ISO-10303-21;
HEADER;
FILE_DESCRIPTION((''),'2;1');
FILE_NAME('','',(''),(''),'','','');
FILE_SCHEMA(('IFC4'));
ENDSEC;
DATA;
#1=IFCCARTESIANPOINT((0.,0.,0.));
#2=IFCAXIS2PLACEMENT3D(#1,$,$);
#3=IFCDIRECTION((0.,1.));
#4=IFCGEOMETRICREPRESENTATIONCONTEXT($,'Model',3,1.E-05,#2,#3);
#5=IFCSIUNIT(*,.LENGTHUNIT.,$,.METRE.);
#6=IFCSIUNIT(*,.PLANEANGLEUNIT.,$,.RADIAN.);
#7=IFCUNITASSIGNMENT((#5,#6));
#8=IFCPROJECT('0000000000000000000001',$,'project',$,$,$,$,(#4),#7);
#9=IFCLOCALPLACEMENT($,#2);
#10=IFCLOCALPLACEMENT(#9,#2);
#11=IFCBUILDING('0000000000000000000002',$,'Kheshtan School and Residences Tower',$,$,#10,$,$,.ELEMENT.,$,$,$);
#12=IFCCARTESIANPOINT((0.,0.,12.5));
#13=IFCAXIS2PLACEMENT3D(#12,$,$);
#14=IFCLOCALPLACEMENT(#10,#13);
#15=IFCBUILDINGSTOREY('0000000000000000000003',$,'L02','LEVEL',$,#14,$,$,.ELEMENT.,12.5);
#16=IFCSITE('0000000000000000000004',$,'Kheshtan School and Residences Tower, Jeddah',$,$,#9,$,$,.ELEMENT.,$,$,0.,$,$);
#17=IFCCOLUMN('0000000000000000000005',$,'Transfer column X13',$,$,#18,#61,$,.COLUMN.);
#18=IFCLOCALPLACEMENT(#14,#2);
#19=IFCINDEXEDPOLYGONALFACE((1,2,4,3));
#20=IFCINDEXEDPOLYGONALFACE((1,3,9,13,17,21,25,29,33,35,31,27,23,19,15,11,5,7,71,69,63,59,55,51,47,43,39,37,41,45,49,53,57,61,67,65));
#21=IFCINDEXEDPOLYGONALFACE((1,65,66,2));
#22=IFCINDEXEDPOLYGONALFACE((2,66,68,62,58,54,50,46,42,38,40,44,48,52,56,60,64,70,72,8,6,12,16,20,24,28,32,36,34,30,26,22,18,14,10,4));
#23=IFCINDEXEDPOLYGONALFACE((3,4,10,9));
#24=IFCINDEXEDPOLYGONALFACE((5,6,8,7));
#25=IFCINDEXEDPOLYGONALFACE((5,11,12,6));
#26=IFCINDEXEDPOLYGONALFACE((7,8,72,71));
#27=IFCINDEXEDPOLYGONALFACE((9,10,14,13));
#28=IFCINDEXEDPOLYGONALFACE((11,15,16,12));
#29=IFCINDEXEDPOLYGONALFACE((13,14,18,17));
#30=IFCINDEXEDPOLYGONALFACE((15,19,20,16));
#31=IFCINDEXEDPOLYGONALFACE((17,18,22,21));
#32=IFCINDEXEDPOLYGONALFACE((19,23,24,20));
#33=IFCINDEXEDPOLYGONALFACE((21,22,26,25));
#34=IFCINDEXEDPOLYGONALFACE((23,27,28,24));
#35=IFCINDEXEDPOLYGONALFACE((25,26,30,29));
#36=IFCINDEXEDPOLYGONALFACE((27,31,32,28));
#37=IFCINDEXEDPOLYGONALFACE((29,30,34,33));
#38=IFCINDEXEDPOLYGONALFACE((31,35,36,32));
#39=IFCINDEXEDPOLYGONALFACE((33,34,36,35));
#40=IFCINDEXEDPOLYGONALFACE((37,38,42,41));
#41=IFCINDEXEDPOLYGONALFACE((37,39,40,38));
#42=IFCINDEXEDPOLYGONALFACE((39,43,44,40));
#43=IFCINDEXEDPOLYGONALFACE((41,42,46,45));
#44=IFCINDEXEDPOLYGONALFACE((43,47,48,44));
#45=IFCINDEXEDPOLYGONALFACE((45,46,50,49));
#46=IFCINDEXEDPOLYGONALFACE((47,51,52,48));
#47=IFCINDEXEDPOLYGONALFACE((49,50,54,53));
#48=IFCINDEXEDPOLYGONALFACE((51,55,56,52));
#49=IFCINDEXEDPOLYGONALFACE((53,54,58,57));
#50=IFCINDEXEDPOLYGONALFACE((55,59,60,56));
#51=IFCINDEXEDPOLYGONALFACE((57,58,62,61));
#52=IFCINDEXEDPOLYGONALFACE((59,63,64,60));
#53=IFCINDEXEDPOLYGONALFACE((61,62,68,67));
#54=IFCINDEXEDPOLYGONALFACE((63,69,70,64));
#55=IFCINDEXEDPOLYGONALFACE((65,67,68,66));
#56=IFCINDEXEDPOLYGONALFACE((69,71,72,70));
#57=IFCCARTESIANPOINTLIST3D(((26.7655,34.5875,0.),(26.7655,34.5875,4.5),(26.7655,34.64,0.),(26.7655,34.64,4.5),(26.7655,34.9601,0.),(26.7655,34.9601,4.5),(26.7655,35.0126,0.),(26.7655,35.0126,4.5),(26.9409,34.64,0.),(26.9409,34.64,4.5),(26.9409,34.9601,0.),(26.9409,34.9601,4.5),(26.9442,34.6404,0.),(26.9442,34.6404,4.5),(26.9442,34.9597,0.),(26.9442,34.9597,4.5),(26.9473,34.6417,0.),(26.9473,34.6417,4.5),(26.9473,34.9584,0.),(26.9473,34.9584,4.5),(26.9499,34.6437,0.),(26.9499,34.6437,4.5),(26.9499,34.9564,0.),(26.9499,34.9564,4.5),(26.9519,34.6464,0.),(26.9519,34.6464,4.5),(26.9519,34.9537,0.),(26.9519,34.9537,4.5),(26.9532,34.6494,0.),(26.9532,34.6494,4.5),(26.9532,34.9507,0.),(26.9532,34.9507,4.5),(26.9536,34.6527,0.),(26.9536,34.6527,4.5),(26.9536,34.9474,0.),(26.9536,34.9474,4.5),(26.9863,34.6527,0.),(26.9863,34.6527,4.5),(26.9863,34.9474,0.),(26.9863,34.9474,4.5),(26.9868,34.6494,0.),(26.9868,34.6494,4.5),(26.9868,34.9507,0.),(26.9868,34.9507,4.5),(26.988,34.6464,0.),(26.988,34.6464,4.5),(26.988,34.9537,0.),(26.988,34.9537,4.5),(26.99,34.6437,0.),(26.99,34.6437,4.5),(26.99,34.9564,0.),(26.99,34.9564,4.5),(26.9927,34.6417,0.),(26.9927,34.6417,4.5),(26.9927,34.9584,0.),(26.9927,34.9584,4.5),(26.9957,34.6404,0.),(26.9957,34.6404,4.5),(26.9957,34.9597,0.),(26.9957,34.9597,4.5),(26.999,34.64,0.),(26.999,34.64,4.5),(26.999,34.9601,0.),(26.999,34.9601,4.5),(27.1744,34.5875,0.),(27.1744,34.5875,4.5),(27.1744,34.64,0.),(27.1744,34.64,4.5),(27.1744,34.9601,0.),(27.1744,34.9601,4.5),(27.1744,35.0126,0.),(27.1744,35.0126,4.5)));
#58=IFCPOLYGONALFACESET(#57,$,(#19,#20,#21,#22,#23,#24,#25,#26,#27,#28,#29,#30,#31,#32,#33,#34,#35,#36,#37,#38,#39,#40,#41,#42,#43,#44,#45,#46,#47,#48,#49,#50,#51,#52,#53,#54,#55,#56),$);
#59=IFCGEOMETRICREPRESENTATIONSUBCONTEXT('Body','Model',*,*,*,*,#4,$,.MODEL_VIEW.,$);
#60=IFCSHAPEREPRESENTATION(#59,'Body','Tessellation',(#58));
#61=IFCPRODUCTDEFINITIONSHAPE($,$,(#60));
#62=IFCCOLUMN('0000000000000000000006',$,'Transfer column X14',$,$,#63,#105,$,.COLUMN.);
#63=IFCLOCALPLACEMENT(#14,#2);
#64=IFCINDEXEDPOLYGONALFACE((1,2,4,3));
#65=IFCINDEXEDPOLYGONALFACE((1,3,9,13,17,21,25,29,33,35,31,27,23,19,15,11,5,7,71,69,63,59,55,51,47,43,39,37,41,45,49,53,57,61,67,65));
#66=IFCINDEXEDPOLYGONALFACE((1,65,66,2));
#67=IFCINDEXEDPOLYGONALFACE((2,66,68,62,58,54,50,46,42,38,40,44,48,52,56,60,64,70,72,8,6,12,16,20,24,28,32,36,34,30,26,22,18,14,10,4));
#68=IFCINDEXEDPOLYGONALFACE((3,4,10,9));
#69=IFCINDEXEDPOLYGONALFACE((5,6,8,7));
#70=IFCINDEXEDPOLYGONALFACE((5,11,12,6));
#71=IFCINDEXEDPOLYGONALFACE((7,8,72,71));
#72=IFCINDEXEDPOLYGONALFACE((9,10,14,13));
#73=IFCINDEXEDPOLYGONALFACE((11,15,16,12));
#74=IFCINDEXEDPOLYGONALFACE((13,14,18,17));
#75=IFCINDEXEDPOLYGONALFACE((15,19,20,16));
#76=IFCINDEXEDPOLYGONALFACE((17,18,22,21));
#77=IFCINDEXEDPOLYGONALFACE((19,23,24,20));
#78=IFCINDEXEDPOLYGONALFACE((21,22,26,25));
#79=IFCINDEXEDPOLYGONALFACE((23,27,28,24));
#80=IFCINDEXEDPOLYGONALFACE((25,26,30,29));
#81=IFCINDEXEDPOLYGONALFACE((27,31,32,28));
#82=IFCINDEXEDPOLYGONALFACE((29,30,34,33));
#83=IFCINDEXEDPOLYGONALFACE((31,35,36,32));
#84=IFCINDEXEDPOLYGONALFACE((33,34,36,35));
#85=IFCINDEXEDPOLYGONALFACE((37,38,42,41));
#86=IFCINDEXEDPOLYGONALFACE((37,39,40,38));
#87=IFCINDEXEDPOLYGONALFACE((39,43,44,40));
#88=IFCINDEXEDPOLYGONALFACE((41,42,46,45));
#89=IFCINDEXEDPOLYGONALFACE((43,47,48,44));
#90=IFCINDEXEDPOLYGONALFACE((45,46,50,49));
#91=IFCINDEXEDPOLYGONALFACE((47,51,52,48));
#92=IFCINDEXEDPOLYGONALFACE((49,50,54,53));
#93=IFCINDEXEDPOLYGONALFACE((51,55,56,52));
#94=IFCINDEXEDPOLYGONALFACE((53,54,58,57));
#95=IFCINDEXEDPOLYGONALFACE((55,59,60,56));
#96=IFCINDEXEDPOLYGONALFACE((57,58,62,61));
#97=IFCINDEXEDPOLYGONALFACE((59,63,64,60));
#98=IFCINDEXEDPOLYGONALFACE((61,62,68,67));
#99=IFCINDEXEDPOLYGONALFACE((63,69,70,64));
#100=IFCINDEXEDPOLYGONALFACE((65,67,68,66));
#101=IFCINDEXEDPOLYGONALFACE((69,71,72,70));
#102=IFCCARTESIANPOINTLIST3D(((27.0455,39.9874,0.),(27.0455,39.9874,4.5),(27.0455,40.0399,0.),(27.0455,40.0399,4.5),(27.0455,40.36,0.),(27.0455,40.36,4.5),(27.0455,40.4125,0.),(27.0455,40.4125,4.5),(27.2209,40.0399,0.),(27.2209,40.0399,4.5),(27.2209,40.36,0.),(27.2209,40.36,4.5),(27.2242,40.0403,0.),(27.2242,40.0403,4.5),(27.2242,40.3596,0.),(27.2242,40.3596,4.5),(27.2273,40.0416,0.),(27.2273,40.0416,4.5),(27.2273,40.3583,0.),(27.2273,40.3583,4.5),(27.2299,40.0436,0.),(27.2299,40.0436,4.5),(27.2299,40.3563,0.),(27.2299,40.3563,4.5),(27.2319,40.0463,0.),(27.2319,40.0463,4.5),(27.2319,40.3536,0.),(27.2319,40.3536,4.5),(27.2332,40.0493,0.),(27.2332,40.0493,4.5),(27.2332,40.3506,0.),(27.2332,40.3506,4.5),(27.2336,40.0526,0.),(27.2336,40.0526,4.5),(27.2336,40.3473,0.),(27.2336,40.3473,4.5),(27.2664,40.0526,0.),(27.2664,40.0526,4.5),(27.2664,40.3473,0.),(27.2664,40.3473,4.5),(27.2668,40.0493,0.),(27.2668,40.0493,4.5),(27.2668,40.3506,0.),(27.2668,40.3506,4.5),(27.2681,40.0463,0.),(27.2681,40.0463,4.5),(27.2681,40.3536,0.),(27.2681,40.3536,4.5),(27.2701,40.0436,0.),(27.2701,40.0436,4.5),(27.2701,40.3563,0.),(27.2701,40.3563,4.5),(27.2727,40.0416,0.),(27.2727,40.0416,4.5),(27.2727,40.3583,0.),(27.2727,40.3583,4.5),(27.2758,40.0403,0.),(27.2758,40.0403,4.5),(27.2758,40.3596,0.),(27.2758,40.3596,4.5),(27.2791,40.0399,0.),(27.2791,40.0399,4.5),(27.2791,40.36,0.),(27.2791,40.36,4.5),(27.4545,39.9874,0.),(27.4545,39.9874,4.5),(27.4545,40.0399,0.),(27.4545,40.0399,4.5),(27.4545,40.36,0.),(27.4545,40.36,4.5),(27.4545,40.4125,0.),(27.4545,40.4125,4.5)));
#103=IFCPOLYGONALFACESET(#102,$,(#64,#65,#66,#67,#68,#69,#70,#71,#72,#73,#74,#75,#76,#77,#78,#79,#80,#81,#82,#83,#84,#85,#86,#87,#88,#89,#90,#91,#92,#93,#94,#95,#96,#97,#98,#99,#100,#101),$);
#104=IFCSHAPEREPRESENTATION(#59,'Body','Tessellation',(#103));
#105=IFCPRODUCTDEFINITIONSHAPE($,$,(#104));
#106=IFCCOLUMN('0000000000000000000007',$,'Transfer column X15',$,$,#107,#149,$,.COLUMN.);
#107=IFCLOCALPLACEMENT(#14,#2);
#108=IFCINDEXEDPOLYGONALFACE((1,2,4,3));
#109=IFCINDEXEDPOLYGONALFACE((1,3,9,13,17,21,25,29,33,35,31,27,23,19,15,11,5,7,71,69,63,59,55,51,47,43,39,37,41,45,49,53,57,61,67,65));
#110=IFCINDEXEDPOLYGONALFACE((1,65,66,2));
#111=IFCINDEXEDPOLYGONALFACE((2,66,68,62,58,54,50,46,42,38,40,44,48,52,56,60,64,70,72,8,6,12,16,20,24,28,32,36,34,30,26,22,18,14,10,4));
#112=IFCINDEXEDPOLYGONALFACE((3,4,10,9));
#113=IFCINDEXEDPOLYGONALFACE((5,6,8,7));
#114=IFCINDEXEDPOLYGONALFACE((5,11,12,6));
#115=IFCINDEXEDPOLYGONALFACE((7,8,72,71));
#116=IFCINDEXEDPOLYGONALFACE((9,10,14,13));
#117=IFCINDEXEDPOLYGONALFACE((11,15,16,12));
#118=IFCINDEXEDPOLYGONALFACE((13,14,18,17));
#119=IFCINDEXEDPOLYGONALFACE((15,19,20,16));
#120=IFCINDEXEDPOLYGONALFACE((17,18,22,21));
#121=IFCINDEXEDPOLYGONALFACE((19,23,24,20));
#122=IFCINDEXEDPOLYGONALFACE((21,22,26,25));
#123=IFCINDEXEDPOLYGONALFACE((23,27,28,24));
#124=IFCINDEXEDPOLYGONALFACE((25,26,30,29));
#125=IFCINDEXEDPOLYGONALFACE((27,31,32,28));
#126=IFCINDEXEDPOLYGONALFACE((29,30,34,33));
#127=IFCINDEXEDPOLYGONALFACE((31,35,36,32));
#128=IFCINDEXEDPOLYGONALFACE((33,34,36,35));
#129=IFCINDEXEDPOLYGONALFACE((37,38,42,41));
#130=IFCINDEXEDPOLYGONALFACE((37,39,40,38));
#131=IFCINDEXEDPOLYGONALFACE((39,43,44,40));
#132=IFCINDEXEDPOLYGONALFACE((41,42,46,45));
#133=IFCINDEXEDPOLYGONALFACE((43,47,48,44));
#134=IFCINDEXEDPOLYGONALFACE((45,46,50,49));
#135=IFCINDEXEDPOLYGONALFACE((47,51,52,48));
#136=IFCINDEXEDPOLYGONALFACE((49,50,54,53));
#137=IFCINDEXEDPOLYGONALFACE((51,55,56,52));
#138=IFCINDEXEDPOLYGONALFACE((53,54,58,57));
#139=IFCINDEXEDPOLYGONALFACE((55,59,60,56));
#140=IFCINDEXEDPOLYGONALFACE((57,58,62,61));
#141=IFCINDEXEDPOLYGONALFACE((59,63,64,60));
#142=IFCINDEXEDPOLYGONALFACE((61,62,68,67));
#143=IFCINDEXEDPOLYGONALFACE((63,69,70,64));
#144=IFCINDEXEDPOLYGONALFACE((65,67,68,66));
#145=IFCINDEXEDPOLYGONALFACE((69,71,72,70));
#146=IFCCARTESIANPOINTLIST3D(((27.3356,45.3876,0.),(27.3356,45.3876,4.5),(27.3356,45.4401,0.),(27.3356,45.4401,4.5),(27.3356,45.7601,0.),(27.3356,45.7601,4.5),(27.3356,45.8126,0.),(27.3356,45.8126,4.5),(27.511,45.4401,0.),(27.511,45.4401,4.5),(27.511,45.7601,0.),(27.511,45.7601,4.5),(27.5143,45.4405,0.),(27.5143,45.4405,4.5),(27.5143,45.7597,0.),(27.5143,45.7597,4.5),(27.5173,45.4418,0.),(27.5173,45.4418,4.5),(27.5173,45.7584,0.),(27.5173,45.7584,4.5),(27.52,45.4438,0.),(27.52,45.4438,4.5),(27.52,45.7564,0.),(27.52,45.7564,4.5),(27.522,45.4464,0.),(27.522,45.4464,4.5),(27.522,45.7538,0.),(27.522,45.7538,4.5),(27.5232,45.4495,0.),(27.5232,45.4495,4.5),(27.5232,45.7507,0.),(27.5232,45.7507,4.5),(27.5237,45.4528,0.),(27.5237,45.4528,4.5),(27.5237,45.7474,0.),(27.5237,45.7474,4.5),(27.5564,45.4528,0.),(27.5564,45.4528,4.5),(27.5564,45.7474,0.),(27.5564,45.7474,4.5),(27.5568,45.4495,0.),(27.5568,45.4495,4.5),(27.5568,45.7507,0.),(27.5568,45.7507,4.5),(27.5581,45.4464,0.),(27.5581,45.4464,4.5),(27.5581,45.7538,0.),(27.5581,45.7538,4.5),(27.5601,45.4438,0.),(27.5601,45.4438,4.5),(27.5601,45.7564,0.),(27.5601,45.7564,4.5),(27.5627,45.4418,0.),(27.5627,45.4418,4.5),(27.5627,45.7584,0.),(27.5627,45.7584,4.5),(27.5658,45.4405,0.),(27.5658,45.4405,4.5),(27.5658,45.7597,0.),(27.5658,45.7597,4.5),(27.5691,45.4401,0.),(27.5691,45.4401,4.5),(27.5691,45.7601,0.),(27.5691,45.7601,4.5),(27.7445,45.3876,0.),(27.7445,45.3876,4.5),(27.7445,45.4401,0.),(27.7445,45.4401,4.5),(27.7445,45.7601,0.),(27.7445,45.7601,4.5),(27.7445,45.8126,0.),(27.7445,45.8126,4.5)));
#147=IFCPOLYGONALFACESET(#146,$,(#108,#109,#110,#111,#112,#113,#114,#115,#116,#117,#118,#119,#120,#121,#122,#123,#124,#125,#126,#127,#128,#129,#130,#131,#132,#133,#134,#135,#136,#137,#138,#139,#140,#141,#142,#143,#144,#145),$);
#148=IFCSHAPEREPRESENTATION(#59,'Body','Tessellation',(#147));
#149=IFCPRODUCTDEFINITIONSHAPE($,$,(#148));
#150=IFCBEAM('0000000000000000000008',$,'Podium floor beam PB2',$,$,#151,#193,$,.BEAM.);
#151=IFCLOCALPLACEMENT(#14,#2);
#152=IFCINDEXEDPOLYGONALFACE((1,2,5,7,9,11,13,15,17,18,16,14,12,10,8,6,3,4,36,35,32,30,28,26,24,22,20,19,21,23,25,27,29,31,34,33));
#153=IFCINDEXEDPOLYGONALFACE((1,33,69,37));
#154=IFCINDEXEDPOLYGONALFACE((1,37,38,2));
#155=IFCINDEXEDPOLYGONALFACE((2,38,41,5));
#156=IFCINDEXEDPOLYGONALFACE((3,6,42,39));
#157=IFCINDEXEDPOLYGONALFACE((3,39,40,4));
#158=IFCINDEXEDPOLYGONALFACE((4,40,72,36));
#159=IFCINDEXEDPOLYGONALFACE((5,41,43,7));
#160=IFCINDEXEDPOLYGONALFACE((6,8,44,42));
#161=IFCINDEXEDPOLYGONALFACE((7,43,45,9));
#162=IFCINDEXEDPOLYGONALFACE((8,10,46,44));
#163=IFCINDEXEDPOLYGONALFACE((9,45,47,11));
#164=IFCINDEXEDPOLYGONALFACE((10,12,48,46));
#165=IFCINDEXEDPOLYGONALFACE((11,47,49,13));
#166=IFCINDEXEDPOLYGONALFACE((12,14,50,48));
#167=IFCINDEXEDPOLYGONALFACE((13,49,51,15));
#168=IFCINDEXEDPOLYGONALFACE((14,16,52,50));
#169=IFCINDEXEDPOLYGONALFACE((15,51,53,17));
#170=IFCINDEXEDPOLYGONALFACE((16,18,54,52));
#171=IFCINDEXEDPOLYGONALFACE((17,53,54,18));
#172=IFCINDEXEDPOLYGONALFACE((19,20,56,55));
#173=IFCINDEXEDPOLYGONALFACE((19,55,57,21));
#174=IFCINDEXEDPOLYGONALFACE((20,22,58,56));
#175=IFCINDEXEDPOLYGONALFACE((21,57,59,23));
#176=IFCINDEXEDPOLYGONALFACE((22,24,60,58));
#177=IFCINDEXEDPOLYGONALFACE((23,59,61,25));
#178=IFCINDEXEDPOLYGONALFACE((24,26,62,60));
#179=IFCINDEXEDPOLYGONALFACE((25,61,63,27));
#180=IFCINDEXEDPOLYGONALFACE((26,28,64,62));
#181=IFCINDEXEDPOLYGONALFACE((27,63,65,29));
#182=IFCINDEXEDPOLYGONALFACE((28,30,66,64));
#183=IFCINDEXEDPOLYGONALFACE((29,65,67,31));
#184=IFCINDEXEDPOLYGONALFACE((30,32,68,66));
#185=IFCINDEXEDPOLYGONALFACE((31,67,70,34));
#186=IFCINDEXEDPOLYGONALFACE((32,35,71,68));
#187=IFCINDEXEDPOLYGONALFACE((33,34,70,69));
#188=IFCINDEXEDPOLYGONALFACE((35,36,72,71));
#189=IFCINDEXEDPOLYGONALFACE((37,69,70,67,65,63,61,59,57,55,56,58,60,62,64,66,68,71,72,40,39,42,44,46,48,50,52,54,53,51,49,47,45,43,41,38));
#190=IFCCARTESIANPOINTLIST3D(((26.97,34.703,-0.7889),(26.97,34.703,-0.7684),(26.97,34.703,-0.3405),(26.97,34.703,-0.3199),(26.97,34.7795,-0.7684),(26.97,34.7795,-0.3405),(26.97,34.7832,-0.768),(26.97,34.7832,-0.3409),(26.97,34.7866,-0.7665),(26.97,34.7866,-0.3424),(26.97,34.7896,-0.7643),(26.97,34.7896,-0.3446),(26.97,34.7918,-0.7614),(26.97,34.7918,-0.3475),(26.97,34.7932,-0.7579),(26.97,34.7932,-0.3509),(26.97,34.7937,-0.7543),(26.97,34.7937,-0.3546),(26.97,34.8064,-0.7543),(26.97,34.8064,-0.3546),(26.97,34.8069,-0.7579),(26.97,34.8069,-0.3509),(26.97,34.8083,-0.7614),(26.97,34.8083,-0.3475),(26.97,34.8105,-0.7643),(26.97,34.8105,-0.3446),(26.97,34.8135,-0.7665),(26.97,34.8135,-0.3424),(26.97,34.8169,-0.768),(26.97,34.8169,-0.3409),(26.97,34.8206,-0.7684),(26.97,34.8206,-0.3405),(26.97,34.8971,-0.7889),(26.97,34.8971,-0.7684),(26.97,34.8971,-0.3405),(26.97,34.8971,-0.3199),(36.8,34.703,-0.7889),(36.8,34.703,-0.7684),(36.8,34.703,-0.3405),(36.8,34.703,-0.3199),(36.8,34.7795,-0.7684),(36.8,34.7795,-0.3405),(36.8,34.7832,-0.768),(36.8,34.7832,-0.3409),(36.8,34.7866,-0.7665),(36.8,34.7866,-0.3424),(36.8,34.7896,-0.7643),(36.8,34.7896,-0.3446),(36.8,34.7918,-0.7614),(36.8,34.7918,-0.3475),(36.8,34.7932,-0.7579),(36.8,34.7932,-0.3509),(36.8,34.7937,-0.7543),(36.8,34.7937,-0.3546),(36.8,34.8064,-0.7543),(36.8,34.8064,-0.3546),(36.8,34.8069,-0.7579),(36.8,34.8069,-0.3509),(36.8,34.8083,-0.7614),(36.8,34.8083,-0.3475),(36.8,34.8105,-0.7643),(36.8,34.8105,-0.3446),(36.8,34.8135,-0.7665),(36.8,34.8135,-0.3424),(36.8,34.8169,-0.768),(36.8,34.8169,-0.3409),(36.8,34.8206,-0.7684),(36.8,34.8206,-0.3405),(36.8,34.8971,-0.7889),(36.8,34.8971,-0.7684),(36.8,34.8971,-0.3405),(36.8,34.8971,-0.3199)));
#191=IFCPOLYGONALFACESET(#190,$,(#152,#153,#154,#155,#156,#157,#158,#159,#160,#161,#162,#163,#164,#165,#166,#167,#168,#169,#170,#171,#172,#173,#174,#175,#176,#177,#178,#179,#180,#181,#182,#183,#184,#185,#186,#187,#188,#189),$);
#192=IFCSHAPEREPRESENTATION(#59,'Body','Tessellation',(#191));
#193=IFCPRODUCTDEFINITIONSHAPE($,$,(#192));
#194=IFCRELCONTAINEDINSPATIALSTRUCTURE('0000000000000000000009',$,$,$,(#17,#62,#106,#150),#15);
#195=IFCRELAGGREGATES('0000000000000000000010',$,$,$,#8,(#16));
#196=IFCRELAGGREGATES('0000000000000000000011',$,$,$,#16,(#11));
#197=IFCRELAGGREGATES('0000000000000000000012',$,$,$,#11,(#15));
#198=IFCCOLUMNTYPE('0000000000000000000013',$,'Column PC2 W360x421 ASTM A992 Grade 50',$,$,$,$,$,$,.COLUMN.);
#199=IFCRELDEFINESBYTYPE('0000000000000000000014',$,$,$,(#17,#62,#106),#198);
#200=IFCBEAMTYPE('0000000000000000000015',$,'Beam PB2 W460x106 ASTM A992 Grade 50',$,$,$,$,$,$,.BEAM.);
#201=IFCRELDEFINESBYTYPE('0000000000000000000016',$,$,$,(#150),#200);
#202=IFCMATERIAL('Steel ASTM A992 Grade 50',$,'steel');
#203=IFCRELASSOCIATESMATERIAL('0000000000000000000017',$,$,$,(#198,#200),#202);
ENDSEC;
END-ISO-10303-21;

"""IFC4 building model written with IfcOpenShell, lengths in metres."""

from ifc_helpers import new_model, si_unit, direction, frame, origin, origin_2d, place, context, subcontext, project, spatial, i_section, extrude, material, material_profile, profile_set, type_object, element, save


model = new_model("IFC4")

# Units and contexts
model_context = context("Model", 3, precision=1e-05, world=origin(), true_north=direction((0.0, 1.0)))
body_context = subcontext(model_context, "Body", "Model", "MODEL_VIEW")
ifc_project = project(units=[si_unit("LENGTHUNIT", "METRE"), si_unit("PLANEANGLEUNIT", "RADIAN")], contexts=[model_context])

# Site, building, storey
site_placement = place(None, origin())
site = spatial("IfcSite", under=ifc_project, at=site_placement, Name="Kheshtan School and Residences Tower, Jeddah", CompositionType="ELEMENT", RefElevation=0.0)
building_placement = place(site_placement, origin())
building = spatial("IfcBuilding", under=site, at=building_placement, Name="Kheshtan School and Residences Tower", CompositionType="ELEMENT")
storey_placement = place(building_placement, frame((0.0, 0.0, 12.5)))
storey = spatial("IfcBuildingStorey", under=building, at=storey_placement, Name="L02", Description="LEVEL", CompositionType="ELEMENT", Elevation=12.5)

# Columns
ifc_material_1 = material(Name="Steel ASTM A992 Grade 50", Category="steel")
ifc_material_profile_1 = material_profile(ifc_material_1, i_section(OverallWidth=0.4089, OverallDepth=0.425, WebThickness=0.0327, FlangeThickness=0.0525, FilletRadius=0.0127, at=origin_2d()), Name="W360x421")
ifc_profile_set_1 = profile_set([ifc_material_profile_1], Name="Steel ASTM A992 Grade 50")
column_type = type_object("IfcColumnType", Name="Column PC2 W360x421 ASTM A992 Grade 50", PredefinedType="COLUMN", material=ifc_profile_set_1)
for number, where, z_axis, x_axis, name in (
    (1, (26.97, 34.8, 0.0), (0.0, 0.0, 1.0), (1.0, 0.0, 0.0), "Transfer column X13"),
    (2, (27.25, 40.2, 0.0), (0.0, 0.0, 1.0), (1.0, 0.0, 0.0), "Transfer column X14"),
    (3, (27.54, 45.6001, 0.0), (0.0, 0.0, 1.0), (1.0, 0.0, 0.0), "Transfer column X15"),
):
    element("IfcColumn", number, at=place(storey_placement, frame(where, z_axis=z_axis, x_axis=x_axis)), inside=storey, type_object=column_type, Name=name, PredefinedType="COLUMN", context=body_context, shape_type="SweptSolid", body=[
        extrude(i_section(OverallWidth=0.4089, OverallDepth=0.425, WebThickness=0.0327, FlangeThickness=0.0525, FilletRadius=0.0127, at=origin_2d()), origin(), (0.0, 0.0, 1.0), 4.5),
    ])

# Beam
ifc_material_profile_2 = material_profile(ifc_material_1, i_section(OverallWidth=0.1941, OverallDepth=0.469, WebThickness=0.0127, FlangeThickness=0.0205, FilletRadius=0.0142, at=origin_2d()), Name="W460x106")
ifc_profile_set_2 = profile_set([ifc_material_profile_2], Name="Steel ASTM A992 Grade 50")
beam_type = type_object("IfcBeamType", Name="Beam PB2 W460x106 ASTM A992 Grade 50", PredefinedType="BEAM", material=ifc_profile_set_2)
beam_1_placement = place(storey_placement, frame((26.97, 34.8, -0.5544), z_axis=(1.0, 0.0, 0.0), x_axis=(0.0, 1.0, 0.0)))
element("IfcBeam", 4, at=beam_1_placement, inside=storey, type_object=beam_type, Name="Podium floor beam PB2", PredefinedType="BEAM", context=body_context, shape_type="SweptSolid", body=[
    extrude(i_section(OverallWidth=0.1941, OverallDepth=0.469, WebThickness=0.0127, FlangeThickness=0.0205, FilletRadius=0.0142, at=origin_2d()), origin(), (0.0, 0.0, 1.0), 9.8301),
])

save(model, "model.ifc")
